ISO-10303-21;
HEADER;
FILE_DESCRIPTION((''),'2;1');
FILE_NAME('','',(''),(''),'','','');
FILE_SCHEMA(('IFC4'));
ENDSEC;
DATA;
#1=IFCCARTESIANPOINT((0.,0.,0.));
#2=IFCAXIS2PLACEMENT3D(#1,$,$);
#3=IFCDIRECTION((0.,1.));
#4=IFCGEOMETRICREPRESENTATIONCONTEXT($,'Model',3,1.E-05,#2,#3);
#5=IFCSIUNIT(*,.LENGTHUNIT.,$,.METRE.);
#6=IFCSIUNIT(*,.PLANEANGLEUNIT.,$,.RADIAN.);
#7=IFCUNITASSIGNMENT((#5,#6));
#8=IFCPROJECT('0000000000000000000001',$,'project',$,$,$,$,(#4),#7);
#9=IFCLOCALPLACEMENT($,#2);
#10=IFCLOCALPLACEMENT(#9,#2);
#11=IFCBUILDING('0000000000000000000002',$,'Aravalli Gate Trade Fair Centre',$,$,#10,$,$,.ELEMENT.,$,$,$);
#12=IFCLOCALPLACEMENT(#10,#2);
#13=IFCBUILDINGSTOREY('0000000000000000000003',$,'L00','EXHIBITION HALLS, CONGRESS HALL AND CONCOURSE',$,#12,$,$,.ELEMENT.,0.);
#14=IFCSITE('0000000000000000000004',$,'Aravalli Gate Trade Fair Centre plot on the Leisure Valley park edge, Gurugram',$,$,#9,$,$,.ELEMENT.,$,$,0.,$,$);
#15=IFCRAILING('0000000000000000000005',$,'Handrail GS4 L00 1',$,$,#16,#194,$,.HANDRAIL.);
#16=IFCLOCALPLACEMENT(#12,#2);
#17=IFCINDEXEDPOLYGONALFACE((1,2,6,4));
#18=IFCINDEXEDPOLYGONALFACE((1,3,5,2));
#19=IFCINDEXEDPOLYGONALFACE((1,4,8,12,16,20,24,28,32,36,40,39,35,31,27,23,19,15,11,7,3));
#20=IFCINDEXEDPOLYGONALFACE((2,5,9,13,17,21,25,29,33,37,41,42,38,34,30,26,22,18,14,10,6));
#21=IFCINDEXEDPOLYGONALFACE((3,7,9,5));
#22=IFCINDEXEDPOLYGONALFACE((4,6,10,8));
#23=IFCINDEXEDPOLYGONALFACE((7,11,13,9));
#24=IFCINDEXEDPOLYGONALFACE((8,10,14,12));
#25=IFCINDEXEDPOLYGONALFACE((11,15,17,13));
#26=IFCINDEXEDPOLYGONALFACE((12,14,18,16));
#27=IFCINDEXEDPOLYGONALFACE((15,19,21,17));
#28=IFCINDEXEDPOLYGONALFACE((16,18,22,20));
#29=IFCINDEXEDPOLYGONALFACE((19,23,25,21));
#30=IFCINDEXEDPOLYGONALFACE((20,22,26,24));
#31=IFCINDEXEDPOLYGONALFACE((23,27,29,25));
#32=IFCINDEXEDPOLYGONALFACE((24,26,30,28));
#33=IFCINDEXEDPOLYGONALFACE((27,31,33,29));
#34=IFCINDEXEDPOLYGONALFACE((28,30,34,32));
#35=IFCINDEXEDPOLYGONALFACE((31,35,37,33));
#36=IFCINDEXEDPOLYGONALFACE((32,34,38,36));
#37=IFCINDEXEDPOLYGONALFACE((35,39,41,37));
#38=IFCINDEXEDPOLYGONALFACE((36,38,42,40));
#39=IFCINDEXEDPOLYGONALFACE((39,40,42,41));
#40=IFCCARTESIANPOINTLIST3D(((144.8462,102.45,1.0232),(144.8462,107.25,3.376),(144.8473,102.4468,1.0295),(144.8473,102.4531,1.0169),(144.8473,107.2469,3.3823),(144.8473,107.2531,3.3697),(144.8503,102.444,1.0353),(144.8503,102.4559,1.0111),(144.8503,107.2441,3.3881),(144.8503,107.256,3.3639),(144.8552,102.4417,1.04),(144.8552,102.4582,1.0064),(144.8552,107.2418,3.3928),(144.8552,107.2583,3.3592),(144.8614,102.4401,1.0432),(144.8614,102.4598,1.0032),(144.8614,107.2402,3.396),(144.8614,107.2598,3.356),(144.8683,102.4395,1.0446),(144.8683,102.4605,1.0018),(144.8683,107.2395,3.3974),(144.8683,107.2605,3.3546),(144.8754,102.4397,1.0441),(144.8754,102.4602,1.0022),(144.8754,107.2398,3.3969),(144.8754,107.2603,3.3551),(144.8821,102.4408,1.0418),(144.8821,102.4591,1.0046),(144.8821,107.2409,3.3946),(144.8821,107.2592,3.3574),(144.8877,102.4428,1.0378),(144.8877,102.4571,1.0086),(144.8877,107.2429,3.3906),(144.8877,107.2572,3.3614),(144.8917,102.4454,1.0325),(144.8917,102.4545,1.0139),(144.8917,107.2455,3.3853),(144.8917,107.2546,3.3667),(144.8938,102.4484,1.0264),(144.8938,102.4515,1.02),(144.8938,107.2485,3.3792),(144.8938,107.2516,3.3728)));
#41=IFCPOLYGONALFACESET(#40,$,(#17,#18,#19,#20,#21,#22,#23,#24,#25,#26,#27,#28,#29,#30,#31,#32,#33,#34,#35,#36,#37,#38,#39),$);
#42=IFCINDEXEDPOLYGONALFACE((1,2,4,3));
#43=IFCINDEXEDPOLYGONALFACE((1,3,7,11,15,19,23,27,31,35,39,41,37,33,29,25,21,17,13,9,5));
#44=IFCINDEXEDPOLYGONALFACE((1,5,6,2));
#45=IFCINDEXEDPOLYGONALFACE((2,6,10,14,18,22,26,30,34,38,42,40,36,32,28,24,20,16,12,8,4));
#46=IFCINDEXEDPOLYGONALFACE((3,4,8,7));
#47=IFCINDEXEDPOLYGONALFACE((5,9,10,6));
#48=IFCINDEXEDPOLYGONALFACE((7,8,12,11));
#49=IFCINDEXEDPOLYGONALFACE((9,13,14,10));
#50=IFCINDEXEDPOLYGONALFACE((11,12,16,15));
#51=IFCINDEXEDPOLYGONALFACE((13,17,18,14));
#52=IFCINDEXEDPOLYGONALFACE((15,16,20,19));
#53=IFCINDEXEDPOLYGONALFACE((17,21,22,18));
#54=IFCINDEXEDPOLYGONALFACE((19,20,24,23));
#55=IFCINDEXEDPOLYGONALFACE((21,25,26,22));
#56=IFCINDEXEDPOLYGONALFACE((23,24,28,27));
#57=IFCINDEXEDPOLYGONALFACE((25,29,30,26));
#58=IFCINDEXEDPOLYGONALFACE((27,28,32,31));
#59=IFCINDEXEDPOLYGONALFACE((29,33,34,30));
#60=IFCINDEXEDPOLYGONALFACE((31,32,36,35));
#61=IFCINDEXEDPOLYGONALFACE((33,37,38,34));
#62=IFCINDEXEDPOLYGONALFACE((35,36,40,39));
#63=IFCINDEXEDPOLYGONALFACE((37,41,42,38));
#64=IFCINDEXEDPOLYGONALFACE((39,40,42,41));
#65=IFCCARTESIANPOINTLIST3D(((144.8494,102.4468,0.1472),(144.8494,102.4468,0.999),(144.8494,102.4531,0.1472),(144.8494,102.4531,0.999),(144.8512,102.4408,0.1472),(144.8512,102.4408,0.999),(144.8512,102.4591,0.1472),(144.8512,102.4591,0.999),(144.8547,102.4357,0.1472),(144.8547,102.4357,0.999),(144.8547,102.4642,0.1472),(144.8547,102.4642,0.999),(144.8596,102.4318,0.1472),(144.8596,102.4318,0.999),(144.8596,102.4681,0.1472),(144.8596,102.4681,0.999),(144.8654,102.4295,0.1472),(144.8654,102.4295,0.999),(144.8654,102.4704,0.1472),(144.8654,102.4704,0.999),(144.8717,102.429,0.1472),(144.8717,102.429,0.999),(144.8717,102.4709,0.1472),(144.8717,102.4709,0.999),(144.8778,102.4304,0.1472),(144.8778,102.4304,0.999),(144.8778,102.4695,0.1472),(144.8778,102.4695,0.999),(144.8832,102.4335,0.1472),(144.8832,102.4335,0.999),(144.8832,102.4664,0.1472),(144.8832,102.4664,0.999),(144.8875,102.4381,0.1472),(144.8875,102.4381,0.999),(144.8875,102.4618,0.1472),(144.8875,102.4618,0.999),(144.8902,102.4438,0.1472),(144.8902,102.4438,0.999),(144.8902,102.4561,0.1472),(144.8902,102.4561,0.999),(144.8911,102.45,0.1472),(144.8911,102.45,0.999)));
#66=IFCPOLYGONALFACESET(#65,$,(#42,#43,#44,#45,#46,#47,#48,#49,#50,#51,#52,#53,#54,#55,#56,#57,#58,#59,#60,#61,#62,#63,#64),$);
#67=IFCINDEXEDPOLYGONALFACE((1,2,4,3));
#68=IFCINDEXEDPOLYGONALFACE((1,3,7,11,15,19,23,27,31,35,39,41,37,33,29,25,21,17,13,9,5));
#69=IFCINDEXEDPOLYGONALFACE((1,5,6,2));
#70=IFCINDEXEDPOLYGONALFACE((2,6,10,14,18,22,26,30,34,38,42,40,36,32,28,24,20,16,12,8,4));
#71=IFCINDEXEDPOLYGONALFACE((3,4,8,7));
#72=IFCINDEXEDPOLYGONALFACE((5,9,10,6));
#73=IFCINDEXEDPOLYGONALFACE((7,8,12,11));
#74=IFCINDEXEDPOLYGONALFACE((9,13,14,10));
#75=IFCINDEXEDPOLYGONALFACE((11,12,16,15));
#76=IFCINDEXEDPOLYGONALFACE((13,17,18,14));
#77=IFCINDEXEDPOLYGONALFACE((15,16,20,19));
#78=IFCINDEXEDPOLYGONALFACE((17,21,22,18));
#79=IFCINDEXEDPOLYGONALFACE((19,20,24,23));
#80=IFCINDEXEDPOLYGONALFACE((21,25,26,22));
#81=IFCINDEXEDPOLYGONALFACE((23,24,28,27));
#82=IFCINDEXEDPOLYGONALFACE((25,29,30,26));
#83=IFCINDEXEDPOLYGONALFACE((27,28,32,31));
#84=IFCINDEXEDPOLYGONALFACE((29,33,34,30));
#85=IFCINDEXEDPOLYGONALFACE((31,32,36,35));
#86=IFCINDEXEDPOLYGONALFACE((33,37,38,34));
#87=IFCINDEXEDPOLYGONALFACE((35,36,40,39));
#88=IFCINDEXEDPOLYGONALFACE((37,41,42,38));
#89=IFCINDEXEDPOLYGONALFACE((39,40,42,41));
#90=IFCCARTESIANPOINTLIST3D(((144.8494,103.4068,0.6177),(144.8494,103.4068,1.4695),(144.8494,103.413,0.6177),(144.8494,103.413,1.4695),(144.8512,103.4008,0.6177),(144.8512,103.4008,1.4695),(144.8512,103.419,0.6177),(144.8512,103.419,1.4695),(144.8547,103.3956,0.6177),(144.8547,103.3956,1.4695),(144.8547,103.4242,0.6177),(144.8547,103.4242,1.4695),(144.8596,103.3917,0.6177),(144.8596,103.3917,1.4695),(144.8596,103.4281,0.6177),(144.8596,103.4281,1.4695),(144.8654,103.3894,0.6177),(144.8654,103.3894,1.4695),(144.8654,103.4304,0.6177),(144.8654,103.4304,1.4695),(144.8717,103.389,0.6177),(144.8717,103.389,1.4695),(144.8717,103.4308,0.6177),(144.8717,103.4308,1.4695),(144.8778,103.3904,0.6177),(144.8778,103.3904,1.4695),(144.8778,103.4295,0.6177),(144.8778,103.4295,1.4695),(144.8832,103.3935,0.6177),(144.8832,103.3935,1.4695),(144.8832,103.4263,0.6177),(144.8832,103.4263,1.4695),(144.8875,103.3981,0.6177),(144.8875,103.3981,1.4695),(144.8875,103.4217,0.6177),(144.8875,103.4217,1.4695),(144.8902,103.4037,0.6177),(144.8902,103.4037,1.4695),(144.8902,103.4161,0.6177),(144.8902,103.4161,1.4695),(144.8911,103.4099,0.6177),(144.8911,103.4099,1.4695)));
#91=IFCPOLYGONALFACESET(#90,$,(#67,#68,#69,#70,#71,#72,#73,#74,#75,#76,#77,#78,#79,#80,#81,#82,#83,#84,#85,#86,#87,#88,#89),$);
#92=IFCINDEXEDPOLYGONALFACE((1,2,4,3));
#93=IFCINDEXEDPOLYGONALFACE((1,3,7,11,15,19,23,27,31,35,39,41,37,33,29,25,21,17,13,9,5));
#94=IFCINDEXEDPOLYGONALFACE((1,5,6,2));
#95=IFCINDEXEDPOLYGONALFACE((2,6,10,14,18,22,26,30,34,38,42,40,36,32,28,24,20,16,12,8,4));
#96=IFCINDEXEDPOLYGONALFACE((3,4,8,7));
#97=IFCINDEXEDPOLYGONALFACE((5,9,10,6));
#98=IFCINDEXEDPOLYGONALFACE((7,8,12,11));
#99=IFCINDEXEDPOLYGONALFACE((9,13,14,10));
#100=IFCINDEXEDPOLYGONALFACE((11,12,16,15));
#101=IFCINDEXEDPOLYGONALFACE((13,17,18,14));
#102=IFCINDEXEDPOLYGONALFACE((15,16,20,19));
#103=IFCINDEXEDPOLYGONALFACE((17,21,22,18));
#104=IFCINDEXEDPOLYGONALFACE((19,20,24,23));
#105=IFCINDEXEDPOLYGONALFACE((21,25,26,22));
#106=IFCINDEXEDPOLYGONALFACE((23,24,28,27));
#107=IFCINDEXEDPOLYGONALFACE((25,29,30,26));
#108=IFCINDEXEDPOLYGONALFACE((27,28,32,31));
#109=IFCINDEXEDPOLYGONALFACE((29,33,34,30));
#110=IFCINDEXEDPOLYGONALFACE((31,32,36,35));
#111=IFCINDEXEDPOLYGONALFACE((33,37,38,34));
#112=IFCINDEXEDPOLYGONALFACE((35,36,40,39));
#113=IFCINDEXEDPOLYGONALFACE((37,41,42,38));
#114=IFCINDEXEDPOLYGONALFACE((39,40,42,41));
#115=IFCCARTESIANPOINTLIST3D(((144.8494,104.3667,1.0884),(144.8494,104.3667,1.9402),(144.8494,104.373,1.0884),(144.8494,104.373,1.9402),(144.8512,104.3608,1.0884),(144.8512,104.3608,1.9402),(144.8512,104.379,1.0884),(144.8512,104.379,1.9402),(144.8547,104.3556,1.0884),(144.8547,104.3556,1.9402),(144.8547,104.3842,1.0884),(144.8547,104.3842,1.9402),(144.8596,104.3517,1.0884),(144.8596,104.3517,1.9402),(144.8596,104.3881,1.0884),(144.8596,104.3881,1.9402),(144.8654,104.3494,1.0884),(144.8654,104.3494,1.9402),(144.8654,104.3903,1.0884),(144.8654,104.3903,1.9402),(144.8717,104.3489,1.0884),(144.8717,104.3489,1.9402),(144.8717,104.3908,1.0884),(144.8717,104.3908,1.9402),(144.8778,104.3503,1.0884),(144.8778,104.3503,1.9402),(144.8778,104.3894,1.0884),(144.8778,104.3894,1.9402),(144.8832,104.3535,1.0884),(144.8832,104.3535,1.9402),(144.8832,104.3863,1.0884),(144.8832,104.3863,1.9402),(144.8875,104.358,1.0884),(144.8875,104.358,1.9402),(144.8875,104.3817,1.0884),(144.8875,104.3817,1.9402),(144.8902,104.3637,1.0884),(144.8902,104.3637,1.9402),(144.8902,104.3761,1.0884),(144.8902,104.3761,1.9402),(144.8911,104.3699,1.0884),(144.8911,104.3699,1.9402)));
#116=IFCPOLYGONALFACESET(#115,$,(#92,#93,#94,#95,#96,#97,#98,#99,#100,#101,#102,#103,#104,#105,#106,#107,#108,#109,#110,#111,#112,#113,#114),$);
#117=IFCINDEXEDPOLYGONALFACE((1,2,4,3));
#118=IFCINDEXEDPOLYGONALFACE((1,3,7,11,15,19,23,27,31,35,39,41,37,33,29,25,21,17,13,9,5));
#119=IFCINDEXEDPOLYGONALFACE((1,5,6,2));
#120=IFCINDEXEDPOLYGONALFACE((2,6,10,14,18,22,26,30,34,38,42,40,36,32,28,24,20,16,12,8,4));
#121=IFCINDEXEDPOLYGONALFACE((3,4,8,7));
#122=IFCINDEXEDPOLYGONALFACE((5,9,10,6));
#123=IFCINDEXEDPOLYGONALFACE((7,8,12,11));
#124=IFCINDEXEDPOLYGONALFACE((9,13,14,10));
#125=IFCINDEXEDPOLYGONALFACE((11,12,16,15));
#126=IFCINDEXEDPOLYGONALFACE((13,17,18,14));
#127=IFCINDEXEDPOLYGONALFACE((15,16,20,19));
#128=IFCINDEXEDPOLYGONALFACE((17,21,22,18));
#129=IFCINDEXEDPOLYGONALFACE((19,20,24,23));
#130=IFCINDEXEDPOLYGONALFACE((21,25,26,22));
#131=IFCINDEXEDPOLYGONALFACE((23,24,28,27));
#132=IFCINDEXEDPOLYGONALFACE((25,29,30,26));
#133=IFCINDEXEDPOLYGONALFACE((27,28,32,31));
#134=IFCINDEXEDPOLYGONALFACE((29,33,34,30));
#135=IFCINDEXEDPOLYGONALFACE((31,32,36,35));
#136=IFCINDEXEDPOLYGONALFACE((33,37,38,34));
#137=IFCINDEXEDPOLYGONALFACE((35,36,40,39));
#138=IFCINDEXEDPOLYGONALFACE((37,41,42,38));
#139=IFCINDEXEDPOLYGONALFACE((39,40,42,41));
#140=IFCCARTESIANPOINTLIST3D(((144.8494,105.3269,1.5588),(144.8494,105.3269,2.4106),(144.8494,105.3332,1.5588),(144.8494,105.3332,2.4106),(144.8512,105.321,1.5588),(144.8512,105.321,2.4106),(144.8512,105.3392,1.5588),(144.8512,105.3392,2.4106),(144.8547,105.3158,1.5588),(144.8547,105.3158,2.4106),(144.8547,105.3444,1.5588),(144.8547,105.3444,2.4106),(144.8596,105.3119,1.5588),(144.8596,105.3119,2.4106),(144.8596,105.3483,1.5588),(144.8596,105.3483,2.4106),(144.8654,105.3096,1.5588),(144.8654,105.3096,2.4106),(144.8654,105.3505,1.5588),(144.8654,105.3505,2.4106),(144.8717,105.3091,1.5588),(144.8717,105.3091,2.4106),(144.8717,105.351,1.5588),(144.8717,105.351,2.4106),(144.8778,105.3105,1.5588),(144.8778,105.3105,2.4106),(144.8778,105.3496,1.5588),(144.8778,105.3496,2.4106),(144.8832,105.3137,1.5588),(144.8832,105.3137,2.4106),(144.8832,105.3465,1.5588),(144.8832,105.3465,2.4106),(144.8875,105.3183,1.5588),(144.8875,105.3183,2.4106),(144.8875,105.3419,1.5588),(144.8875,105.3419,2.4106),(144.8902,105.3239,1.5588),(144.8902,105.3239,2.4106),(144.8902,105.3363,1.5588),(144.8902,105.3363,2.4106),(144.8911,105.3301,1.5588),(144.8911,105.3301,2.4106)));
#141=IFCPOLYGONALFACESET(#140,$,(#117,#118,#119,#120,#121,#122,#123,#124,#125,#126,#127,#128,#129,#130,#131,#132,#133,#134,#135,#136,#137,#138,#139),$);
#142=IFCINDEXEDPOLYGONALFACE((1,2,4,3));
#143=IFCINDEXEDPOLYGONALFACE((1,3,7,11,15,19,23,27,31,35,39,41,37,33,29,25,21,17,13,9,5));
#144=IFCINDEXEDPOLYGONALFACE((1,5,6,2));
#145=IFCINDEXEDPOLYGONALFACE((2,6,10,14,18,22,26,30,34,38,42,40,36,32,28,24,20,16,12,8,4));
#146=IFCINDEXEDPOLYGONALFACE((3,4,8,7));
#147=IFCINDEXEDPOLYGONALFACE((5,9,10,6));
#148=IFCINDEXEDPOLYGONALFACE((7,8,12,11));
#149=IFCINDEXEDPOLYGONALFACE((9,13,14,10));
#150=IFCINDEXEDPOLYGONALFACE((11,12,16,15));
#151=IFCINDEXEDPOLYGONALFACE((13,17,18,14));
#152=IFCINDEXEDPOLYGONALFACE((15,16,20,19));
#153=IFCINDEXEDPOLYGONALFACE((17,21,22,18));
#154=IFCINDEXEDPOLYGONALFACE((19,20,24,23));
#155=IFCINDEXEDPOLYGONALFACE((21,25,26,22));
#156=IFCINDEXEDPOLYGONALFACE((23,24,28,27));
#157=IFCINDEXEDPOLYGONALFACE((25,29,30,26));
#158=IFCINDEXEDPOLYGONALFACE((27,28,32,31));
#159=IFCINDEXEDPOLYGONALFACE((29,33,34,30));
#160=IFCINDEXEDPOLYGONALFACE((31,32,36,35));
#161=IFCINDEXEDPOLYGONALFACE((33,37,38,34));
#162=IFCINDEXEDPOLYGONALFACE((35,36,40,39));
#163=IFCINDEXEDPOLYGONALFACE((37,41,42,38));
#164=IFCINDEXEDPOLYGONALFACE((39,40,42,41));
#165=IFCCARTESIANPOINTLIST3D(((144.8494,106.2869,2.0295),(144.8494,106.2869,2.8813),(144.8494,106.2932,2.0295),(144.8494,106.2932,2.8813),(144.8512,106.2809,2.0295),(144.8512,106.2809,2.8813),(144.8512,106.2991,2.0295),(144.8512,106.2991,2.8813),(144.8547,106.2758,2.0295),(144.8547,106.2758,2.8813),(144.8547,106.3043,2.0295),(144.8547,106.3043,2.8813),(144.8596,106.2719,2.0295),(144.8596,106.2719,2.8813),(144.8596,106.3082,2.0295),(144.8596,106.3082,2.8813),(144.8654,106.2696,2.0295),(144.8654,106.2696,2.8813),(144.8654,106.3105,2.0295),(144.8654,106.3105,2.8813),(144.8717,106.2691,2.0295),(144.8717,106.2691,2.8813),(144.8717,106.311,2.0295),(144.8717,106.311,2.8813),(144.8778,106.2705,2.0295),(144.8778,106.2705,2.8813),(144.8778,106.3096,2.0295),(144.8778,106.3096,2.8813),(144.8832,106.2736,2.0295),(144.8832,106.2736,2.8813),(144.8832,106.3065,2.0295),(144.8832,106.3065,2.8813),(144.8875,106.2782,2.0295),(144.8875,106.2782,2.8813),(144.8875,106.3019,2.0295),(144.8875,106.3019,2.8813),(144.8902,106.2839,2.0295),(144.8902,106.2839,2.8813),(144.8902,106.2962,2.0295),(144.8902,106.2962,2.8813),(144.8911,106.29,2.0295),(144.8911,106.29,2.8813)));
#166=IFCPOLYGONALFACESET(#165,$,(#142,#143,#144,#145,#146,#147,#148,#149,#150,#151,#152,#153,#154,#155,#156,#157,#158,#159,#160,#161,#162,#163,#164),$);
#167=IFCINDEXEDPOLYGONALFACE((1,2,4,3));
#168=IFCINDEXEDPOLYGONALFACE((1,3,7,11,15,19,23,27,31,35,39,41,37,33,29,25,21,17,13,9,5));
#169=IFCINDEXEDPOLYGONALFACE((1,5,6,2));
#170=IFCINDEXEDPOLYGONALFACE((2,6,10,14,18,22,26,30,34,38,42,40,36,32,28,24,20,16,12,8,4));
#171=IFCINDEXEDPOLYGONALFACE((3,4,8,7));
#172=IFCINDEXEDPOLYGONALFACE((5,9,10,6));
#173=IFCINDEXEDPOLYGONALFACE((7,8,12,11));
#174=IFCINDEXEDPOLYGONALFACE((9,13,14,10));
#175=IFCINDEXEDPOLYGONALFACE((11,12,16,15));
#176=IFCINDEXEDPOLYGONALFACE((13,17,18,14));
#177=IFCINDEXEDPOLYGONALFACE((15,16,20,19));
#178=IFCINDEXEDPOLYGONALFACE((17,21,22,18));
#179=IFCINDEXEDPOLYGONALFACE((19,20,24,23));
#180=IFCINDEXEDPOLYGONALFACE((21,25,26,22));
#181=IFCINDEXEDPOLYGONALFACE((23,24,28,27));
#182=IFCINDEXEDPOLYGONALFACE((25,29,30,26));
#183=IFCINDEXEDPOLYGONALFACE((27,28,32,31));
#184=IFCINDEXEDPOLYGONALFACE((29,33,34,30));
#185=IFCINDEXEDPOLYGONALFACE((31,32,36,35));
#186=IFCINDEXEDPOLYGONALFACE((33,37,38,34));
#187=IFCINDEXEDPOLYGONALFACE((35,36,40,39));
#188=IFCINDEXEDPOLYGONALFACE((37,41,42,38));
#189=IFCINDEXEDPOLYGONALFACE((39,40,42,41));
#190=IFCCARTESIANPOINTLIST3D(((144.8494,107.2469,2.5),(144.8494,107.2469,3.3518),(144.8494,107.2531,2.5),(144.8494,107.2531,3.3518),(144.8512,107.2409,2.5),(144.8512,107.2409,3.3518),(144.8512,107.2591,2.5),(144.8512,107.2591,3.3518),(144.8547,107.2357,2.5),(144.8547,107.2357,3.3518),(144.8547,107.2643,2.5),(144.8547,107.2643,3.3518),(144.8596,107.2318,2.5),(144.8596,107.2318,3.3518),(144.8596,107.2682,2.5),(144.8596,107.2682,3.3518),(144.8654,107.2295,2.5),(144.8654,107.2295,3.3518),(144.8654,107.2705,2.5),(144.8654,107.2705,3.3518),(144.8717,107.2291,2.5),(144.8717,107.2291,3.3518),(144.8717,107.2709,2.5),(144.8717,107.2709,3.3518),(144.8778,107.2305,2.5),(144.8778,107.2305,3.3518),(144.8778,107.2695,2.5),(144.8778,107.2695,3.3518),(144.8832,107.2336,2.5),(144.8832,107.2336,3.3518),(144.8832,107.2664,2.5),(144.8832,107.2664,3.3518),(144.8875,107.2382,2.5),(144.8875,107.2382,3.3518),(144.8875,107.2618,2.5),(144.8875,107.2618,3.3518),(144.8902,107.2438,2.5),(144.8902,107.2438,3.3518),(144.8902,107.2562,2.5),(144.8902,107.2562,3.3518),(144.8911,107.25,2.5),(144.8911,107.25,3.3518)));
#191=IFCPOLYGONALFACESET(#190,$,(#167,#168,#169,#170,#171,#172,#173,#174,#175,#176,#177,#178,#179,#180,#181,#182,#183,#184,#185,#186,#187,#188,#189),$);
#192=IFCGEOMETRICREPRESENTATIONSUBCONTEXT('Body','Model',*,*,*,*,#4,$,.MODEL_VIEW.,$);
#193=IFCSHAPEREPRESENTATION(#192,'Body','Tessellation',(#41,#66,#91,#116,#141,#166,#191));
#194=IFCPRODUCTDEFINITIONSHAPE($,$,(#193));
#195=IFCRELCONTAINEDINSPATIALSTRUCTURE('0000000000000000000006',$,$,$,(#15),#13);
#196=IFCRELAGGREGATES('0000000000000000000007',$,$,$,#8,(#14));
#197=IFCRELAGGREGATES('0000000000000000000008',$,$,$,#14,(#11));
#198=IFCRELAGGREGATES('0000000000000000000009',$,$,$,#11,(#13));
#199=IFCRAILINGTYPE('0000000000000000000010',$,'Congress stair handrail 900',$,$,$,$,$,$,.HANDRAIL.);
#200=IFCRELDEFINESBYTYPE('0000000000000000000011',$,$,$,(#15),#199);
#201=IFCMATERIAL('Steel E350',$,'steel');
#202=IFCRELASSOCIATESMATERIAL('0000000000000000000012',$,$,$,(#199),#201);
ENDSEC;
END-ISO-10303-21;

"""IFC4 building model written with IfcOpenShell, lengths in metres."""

from ifc_helpers import new_model, si_unit, direction, frame, origin, origin_2d, place, context, subcontext, project, spatial, circle, extrude, material, type_object, element, save


model = new_model("IFC4")

# Units and contexts
model_context = context("Model", 3, precision=1e-05, world=origin(), true_north=direction((0.0, 1.0)))
body_context = subcontext(model_context, "Body", "Model", "MODEL_VIEW")
ifc_project = project(units=[si_unit("LENGTHUNIT", "METRE"), si_unit("PLANEANGLEUNIT", "RADIAN")], contexts=[model_context])

# Site, building, storey
site_placement = place(None, origin())
site = spatial("IfcSite", under=ifc_project, at=site_placement, Name="Aravalli Gate Trade Fair Centre plot on the Leisure Valley park edge, Gurugram", CompositionType="ELEMENT", RefElevation=0.0)
building_placement = place(site_placement, origin())
building = spatial("IfcBuilding", under=site, at=building_placement, Name="Aravalli Gate Trade Fair Centre", CompositionType="ELEMENT")
storey_placement = place(building_placement, origin())
storey = spatial("IfcBuildingStorey", under=building, at=storey_placement, Name="L00", Description="EXHIBITION HALLS, CONGRESS HALL AND CONCOURSE", CompositionType="ELEMENT", Elevation=0.0)

# Railing
ifc_material_1 = material(Name="Steel E350", Category="steel")
railing_type = type_object("IfcRailingType", Name="Congress stair handrail 900", PredefinedType="HANDRAIL", material=ifc_material_1)
for number, where, name in (
    (1, (144.8701, 102.45, 0.1472), "Handrail GS4 L00 1"),
):
    element("IfcRailing", number, at=place(storey_placement, frame(where)), inside=storey, type_object=railing_type, Name=name, PredefinedType="HANDRAIL", context=body_context, shape_type="SweptSolid", body=[
        extrude(circle(Radius=0.0239, at=origin_2d()), frame((0.0, 0.0, 0.876), z_axis=(0.0, 0.897934, 0.44013), x_axis=(-1.0, 0.0, 0.0)), (0.0, 0.0, 1.0), 5.3457),
        extrude(circle(Radius=0.021, at=origin_2d()), origin(), (0.0, 0.0, 1.0), 0.8518),
        extrude(circle(Radius=0.021, at=origin_2d()), frame((0.0, 0.96, 0.4705)), (0.0, 0.0, 1.0), 0.8518),
        extrude(circle(Radius=0.021, at=origin_2d()), frame((0.0, 1.9199, 0.9412)), (0.0, 0.0, 1.0), 0.8518),
        extrude(circle(Radius=0.021, at=origin_2d()), frame((0.0, 2.8801, 1.4116)), (0.0, 0.0, 1.0), 0.8518),
        extrude(circle(Radius=0.021, at=origin_2d()), frame((0.0, 3.8401, 1.8823)), (0.0, 0.0, 1.0), 0.8518),
        extrude(circle(Radius=0.021, at=origin_2d()), frame((0.0, 4.8, 2.3528)), (0.0, 0.0, 1.0), 0.8518),
    ])

save(model, "model.ifc")
